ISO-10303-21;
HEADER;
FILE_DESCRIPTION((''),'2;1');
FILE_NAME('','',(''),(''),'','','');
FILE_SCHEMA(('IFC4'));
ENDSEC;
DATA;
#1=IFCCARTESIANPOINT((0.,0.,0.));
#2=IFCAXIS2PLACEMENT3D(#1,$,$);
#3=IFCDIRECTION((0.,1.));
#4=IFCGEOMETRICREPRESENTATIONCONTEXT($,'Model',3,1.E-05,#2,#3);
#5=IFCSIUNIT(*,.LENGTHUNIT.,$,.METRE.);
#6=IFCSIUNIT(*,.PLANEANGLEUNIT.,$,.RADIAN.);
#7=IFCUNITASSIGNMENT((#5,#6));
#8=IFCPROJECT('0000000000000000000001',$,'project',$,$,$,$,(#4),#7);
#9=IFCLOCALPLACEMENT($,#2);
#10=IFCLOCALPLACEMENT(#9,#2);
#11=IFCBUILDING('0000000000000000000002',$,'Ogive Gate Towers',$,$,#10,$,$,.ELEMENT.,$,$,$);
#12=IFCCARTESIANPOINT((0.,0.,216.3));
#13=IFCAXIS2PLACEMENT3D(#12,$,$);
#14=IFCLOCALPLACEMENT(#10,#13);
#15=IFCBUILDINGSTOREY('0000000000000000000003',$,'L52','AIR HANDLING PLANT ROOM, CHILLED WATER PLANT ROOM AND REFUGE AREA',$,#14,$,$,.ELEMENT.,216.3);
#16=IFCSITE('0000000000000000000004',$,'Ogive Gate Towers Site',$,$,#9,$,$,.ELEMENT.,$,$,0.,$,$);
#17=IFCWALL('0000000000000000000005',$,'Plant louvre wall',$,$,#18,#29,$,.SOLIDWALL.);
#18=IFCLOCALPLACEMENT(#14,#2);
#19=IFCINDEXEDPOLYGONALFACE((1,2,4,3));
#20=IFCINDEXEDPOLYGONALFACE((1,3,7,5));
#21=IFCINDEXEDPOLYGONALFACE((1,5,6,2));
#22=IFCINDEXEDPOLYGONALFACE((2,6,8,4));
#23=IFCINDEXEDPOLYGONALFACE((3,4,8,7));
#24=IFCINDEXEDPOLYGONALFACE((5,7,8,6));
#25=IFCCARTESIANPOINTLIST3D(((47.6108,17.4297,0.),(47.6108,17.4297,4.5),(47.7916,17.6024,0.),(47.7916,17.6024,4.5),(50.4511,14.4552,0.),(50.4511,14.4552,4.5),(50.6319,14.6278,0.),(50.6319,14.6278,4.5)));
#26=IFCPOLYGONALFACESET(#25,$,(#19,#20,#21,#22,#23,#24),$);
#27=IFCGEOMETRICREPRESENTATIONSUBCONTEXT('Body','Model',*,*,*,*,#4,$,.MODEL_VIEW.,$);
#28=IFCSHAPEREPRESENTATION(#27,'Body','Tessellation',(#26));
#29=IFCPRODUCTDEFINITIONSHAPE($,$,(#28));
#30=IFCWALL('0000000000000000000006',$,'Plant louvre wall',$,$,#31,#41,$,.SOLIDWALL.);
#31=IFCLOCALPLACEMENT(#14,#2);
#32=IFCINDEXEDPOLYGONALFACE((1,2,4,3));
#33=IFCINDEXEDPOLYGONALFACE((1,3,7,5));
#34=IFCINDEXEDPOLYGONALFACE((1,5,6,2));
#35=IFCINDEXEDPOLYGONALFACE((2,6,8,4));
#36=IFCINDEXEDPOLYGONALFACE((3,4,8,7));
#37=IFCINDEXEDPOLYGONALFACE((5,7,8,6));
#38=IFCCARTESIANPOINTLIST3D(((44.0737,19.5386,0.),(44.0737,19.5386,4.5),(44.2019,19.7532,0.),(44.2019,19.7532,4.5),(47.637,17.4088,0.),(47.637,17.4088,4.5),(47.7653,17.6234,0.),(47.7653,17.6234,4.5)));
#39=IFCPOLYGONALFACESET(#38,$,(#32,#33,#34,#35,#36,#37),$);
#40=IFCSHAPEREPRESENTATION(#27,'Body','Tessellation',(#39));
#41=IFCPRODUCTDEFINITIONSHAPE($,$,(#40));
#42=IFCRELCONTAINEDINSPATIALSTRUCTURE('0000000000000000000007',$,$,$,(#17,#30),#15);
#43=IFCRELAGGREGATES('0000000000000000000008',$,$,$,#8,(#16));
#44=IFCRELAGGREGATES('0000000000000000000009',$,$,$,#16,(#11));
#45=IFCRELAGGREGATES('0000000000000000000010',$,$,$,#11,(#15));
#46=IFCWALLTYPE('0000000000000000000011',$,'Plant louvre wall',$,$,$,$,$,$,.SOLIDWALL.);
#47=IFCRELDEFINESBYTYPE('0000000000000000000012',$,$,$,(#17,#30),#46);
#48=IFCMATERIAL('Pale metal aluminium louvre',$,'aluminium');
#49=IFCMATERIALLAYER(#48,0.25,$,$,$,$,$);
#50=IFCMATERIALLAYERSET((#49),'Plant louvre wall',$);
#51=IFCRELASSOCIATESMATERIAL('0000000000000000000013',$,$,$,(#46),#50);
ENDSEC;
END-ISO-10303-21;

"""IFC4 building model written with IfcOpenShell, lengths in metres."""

from ifc_helpers import new_model, si_unit, direction, frame, frame_2d, origin, place, context, subcontext, project, spatial, rectangle, extrude, material, layer, layer_set, type_object, element, save


model = new_model("IFC4")

# Units and contexts
model_context = context("Model", 3, precision=1e-05, world=origin(), true_north=direction((0.0, 1.0)))
body_context = subcontext(model_context, "Body", "Model", "MODEL_VIEW")
ifc_project = project(units=[si_unit("LENGTHUNIT", "METRE"), si_unit("PLANEANGLEUNIT", "RADIAN")], contexts=[model_context])

# Site, building, storey
site_placement = place(None, origin())
site = spatial("IfcSite", under=ifc_project, at=site_placement, Name="Ogive Gate Towers Site", CompositionType="ELEMENT", RefElevation=0.0)
building_placement = place(site_placement, origin())
building = spatial("IfcBuilding", under=site, at=building_placement, Name="Ogive Gate Towers", CompositionType="ELEMENT")
storey_placement = place(building_placement, frame((0.0, 0.0, 216.3)))
storey = spatial("IfcBuildingStorey", under=building, at=storey_placement, Name="L52", Description="AIR HANDLING PLANT ROOM, CHILLED WATER PLANT ROOM AND REFUGE AREA", CompositionType="ELEMENT", Elevation=216.3)

# Walls
ifc_material_1 = material(Name="Pale metal aluminium louvre", Category="aluminium")
ifc_layer_1 = layer(ifc_material_1, 0.25)
ifc_layer_set_1 = layer_set([ifc_layer_1], Name="Plant louvre wall")
wall_type_1 = type_object("IfcWallType", Name="Plant louvre wall", PredefinedType="SOLIDWALL", material=ifc_layer_set_1)
for number, where, z_axis, x_axis, name in (
    (1, (50.5415, 14.5415, 0.0), (0.0, 0.0, 1.0), (-0.690594, 0.723242, 0.0), "Plant louvre wall"),
):
    element("IfcWall", number, at=place(storey_placement, frame(where, z_axis=z_axis, x_axis=x_axis)), inside=storey, type_object=wall_type_1, Name=name, PredefinedType="SOLIDWALL", context=body_context, shape_type="SweptSolid", body=[
        extrude(rectangle(XDim=4.1128, YDim=0.25, at=frame_2d((2.0564, 0.0))), origin(), (0.0, 0.0, 1.0), 4.5),
    ])
wall_1_placement = place(storey_placement, frame((47.7012, 17.5161, 0.0), z_axis=(0.0, 0.0, 1.0), x_axis=(-0.858363, 0.513042, 0.0)))
element("IfcWall", 2, at=wall_1_placement, inside=storey, type_object=wall_type_1, Name="Plant louvre wall", PredefinedType="SOLIDWALL", context=body_context, shape_type="SweptSolid", body=[
    extrude(rectangle(XDim=4.1514, YDim=0.25, at=frame_2d((2.0757, 0.0))), origin(), (0.0, 0.0, 1.0), 4.5),
])

save(model, "model.ifc")
